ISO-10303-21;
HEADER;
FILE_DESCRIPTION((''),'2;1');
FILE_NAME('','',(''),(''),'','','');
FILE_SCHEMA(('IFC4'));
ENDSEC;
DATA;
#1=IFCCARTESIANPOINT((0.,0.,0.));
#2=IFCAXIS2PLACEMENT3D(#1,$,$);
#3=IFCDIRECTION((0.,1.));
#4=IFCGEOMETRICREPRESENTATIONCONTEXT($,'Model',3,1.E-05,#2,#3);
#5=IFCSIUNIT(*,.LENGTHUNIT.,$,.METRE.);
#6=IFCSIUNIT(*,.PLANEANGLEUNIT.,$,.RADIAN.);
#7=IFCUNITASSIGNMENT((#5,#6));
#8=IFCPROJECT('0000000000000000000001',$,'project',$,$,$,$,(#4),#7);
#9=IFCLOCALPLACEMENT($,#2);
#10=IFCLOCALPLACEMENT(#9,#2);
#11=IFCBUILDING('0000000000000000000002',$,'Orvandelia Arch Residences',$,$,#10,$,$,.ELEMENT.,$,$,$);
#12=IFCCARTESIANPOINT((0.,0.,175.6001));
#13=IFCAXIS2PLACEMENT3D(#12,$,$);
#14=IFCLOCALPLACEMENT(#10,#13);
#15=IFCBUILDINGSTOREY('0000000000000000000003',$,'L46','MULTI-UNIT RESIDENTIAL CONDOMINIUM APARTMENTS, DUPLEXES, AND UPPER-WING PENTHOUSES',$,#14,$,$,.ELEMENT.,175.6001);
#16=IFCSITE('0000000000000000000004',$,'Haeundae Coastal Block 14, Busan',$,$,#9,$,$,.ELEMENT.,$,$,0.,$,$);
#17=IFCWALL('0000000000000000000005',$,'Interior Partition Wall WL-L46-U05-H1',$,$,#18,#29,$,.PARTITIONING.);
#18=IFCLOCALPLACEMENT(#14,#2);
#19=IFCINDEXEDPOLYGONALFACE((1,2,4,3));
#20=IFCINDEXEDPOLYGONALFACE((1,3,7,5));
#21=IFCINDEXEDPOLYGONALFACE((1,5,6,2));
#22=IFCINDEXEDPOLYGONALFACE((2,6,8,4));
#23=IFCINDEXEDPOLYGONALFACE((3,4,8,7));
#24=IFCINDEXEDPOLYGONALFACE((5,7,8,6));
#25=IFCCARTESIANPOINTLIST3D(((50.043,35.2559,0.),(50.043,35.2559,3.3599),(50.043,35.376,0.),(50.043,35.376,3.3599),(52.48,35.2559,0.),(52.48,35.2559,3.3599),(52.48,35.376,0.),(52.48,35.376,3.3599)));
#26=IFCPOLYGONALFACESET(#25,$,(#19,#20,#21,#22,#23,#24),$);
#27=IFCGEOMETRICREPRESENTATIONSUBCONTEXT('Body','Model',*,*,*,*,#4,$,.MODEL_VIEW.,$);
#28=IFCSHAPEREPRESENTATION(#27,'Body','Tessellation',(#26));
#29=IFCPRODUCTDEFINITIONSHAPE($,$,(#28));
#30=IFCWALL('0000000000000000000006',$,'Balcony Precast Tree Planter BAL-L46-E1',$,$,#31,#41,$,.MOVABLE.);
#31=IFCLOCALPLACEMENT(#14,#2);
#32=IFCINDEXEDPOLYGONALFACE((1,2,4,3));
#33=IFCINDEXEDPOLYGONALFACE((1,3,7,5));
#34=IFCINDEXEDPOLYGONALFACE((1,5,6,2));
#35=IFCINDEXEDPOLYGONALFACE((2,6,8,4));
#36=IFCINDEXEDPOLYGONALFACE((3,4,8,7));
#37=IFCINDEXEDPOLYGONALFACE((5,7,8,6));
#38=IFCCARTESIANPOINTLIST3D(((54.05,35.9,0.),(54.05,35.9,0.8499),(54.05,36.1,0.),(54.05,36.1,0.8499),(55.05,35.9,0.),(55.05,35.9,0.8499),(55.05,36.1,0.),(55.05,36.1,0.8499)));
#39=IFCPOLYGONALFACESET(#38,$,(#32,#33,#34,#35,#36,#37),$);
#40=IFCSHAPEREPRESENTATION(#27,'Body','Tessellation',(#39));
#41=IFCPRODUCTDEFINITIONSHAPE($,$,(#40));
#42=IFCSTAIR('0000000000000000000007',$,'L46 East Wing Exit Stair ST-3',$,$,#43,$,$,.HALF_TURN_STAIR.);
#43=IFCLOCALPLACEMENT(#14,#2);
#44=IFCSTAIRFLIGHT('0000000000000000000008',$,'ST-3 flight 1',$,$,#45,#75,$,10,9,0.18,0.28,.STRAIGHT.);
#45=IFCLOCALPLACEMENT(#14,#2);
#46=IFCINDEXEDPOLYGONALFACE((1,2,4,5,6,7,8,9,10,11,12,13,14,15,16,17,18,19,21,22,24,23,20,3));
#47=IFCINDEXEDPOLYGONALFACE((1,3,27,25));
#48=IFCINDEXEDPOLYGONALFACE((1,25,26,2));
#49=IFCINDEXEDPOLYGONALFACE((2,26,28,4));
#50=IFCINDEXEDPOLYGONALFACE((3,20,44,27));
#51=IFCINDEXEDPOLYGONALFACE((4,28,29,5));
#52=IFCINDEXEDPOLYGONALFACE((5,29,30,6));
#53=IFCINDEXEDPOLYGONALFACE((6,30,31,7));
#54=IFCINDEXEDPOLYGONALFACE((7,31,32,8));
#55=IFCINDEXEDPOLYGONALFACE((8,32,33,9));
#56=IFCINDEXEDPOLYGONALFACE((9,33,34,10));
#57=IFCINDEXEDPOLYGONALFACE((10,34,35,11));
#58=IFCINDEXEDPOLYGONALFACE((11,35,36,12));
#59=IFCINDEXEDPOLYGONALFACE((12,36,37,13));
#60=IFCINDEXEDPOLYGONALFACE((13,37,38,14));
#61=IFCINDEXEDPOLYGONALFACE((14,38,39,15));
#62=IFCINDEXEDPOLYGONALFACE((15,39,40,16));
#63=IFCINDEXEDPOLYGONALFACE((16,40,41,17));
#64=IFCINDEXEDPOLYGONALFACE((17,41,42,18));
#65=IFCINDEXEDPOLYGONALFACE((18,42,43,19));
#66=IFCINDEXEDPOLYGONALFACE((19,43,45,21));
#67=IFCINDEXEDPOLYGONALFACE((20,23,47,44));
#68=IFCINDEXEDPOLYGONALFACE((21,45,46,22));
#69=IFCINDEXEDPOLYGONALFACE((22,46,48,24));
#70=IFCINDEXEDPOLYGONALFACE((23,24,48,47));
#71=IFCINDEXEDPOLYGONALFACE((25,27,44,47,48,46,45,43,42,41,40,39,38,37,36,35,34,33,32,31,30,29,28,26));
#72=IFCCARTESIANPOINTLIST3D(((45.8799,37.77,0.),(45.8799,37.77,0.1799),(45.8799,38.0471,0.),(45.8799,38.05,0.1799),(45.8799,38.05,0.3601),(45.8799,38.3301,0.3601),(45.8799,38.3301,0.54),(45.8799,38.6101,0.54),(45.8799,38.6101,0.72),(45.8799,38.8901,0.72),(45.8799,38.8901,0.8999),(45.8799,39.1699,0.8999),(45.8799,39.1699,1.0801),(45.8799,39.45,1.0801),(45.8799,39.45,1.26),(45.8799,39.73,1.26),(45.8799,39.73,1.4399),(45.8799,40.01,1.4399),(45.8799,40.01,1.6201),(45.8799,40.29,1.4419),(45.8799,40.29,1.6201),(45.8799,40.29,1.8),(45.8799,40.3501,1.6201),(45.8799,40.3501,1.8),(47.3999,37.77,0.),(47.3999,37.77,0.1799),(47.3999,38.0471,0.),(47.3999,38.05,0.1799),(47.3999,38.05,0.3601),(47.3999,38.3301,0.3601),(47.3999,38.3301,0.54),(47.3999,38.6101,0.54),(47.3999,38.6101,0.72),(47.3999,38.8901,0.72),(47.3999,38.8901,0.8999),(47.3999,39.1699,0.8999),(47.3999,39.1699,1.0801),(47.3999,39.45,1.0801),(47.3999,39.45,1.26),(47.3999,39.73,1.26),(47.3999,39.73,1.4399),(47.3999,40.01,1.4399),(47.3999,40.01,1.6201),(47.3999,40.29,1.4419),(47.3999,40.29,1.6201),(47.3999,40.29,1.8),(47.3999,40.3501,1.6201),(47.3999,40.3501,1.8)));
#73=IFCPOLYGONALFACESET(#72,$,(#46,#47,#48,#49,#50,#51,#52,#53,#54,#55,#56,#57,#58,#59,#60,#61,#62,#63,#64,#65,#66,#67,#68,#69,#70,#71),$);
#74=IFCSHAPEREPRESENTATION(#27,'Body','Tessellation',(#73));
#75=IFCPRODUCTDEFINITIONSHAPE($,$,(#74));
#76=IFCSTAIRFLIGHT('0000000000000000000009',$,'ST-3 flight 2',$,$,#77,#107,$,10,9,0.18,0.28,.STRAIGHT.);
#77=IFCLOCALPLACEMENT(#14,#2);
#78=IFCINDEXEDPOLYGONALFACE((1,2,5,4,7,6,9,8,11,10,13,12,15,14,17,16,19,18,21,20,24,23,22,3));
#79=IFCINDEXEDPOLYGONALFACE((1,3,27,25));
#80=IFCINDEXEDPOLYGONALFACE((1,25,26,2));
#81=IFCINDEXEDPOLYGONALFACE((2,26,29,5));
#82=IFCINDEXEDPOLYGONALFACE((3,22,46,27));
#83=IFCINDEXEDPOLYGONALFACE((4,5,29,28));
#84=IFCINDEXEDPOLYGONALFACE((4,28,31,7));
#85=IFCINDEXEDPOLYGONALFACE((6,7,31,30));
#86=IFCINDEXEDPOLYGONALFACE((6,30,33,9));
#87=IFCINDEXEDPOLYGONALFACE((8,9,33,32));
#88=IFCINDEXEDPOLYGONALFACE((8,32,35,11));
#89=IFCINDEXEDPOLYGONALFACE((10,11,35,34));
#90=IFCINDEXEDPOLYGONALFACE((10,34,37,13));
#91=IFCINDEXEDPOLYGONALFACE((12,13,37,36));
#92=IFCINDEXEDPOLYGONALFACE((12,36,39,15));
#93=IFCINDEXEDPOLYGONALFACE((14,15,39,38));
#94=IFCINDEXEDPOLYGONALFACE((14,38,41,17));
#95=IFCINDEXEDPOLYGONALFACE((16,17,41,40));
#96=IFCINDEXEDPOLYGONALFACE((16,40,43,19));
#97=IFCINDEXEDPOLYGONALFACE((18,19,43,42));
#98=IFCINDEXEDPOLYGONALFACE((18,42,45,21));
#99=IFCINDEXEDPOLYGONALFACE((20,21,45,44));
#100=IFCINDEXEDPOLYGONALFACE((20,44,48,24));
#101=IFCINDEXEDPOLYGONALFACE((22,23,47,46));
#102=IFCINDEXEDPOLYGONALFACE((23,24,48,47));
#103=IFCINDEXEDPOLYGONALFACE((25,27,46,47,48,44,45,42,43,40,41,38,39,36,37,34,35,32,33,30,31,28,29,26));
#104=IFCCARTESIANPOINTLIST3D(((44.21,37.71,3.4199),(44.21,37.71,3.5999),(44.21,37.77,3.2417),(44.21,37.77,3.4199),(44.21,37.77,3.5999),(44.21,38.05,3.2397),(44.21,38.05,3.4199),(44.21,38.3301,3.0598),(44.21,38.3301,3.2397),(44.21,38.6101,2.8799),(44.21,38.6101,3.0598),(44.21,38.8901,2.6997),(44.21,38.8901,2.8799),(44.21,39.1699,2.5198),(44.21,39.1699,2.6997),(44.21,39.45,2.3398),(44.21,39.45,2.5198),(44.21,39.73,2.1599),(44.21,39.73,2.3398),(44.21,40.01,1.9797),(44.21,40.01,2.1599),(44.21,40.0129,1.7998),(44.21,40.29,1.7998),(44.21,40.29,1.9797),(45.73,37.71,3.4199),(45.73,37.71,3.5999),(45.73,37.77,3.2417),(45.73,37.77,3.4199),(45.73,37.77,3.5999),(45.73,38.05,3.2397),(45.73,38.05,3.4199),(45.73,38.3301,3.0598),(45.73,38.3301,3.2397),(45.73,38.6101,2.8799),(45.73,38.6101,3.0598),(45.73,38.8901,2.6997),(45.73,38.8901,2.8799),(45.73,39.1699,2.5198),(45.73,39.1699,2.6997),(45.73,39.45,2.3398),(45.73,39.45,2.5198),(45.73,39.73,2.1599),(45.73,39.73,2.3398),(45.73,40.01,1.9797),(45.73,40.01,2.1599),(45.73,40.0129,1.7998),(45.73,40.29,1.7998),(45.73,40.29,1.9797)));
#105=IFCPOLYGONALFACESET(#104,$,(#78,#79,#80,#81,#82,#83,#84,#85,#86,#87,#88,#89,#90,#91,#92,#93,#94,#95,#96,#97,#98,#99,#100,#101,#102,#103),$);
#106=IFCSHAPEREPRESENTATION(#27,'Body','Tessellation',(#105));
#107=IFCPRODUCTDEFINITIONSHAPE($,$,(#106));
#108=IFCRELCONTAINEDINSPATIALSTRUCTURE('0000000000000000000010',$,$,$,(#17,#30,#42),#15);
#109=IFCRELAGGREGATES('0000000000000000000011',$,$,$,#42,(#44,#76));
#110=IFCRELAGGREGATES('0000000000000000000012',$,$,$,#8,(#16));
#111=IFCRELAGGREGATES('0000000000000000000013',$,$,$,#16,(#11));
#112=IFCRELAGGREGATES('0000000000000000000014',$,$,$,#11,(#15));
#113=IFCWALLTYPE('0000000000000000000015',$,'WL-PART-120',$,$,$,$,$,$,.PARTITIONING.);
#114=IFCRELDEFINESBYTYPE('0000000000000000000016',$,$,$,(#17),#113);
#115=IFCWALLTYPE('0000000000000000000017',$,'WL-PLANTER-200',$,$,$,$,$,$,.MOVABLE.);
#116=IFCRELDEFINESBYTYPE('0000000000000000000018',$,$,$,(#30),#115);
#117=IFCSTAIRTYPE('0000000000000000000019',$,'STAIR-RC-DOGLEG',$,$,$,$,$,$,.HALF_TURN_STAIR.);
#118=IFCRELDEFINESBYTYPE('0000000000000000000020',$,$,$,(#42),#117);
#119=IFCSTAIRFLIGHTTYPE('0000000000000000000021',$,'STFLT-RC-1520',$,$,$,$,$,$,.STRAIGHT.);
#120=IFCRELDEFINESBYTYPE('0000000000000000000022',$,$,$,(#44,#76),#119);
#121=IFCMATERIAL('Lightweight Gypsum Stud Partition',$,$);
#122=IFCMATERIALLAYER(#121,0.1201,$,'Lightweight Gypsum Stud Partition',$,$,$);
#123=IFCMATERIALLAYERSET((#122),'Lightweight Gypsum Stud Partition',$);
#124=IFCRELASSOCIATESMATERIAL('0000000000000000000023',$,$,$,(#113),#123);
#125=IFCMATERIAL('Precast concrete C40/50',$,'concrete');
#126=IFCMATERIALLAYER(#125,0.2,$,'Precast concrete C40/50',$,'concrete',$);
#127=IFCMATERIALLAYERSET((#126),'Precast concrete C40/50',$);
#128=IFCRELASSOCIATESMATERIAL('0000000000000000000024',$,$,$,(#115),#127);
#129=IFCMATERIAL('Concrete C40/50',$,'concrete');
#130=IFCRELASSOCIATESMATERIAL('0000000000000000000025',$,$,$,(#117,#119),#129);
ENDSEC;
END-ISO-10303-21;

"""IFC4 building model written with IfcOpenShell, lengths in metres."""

from ifc_helpers import new_model, si_unit, direction, frame, frame_2d, origin, place, context, subcontext, project, spatial, polyline, rectangle, outline, extrude, material, layer, layer_set, type_object, element, aggregate, save


model = new_model("IFC4")

# Units and contexts
model_context = context("Model", 3, precision=1e-05, world=origin(), true_north=direction((0.0, 1.0)))
body_context = subcontext(model_context, "Body", "Model", "MODEL_VIEW")
ifc_project = project(units=[si_unit("LENGTHUNIT", "METRE"), si_unit("PLANEANGLEUNIT", "RADIAN")], contexts=[model_context])

# Site, building, storey
site_placement = place(None, origin())
site = spatial("IfcSite", under=ifc_project, at=site_placement, Name="Haeundae Coastal Block 14, Busan", CompositionType="ELEMENT", RefElevation=0.0)
building_placement = place(site_placement, origin())
building = spatial("IfcBuilding", under=site, at=building_placement, Name="Orvandelia Arch Residences", CompositionType="ELEMENT")
storey_placement = place(building_placement, frame((0.0, 0.0, 175.6001)))
storey = spatial("IfcBuildingStorey", under=building, at=storey_placement, Name="L46", Description="MULTI-UNIT RESIDENTIAL CONDOMINIUM APARTMENTS, DUPLEXES, AND UPPER-WING PENTHOUSES", CompositionType="ELEMENT", Elevation=175.6001)

# Walls
ifc_material_1 = material(Name="Lightweight Gypsum Stud Partition")
ifc_layer_1 = layer(ifc_material_1, 0.1201, Name="Lightweight Gypsum Stud Partition")
ifc_layer_set_1 = layer_set([ifc_layer_1], Name="Lightweight Gypsum Stud Partition")
wall_type_1 = type_object("IfcWallType", Name="WL-PART-120", PredefinedType="PARTITIONING", material=ifc_layer_set_1)
wall_1_placement = place(storey_placement, frame((50.043, 35.3159, 0.0), z_axis=(0.0, 0.0, 1.0), x_axis=(1.0, 0.0, 0.0)))
element("IfcWall", 1, at=wall_1_placement, inside=storey, type_object=wall_type_1, Name="Interior Partition Wall WL-L46-U05-H1", PredefinedType="PARTITIONING", context=body_context, shape_type="SweptSolid", body=[
    extrude(rectangle(XDim=2.437, YDim=0.1201, at=frame_2d((1.2185, 0.0))), origin(), (0.0, 0.0, 1.0), 3.3599),
])
ifc_material_2 = material(Name="Precast concrete C40/50", Category="concrete")
ifc_layer_2 = layer(ifc_material_2, 0.2, Name="Precast concrete C40/50", Category="concrete")
ifc_layer_set_2 = layer_set([ifc_layer_2], Name="Precast concrete C40/50")
wall_type_2 = type_object("IfcWallType", Name="WL-PLANTER-200", PredefinedType="MOVABLE", material=ifc_layer_set_2)
wall_2_placement = place(storey_placement, frame((54.05, 36.0, 0.0), z_axis=(0.0, 0.0, 1.0), x_axis=(1.0, 0.0, 0.0)))
element("IfcWall", 2, at=wall_2_placement, inside=storey, type_object=wall_type_2, Name="Balcony Precast Tree Planter BAL-L46-E1", PredefinedType="MOVABLE", context=body_context, shape_type="SweptSolid", body=[
    extrude(rectangle(XDim=1.0, YDim=0.2, at=frame_2d((0.5, 0.0))), origin(), (0.0, 0.0, 1.0), 0.8499),
])

# Stair, stair flights
ifc_material_3 = material(Name="Concrete C40/50", Category="concrete")
stair_type = type_object("IfcStairType", Name="STAIR-RC-DOGLEG", PredefinedType="HALF_TURN_STAIR", material=ifc_material_3)
stair_placement = place(storey_placement, origin())
stair = element("IfcStair", 3, at=stair_placement, inside=storey, type_object=stair_type, Name="L46 East Wing Exit Stair ST-3", PredefinedType="HALF_TURN_STAIR")
stair_flight_type = type_object("IfcStairFlightType", Name="STFLT-RC-1520", PredefinedType="STRAIGHT", material=ifc_material_3)
stair_flight_1_placement = place(storey_placement, frame((46.6399, 37.77, 0.0), z_axis=(0.0, 0.0, 1.0), x_axis=(0.0, 1.0, 0.0)))
stair_flight_1 = element("IfcStairFlight", 4, at=stair_flight_1_placement, type_object=stair_flight_type, Name="ST-3 flight 1", NumberOfRisers=10, NumberOfTreads=9, PredefinedType="STRAIGHT", RiserHeight=0.18, TreadLength=0.28, context=body_context, shape_type="SweptSolid", body=[
    extrude(outline(polyline([(0.0, 0.0), (0.0, 0.1799), (0.28, 0.1799), (0.28, 0.3601), (0.5601, 0.3601), (0.5601, 0.54), (0.8401, 0.54), (0.8401, 0.72), (1.1201, 0.72), (1.1201, 0.8999), (1.3999, 0.8999), (1.3999, 1.0801), (1.6799, 1.0801), (1.6799, 1.26), (1.96, 1.26), (1.96, 1.4399), (2.24, 1.4399), (2.24, 1.6201), (2.52, 1.6201), (2.52, 1.8), (2.5801, 1.8), (2.5801, 1.6201), (2.52, 1.4419), (0.2771, 0.0), (0.0, 0.0)])), frame((0.0, 0.76, 0.0), z_axis=(0.0, -1.0, 0.0), x_axis=(1.0, 0.0, 0.0)), (0.0, 0.0, 1.0), 1.52),
])
stair_flight_2_placement = place(storey_placement, frame((44.97, 40.29, 1.7998), z_axis=(0.0, 0.0, 1.0), x_axis=(0.0, -1.0, 0.0)))
stair_flight_2 = element("IfcStairFlight", 5, at=stair_flight_2_placement, type_object=stair_flight_type, Name="ST-3 flight 2", NumberOfRisers=10, NumberOfTreads=9, PredefinedType="STRAIGHT", RiserHeight=0.18, TreadLength=0.28, context=body_context, shape_type="SweptSolid", body=[
    extrude(outline(polyline([(0.0, 0.0), (0.0, 0.1799), (0.28, 0.1799), (0.28, 0.3601), (0.5601, 0.3601), (0.5601, 0.54), (0.8401, 0.54), (0.8401, 0.72), (1.1201, 0.72), (1.1201, 0.8999), (1.3999, 0.8999), (1.3999, 1.0801), (1.6799, 1.0801), (1.6799, 1.26), (1.96, 1.26), (1.96, 1.4399), (2.24, 1.4399), (2.24, 1.6201), (2.52, 1.6201), (2.52, 1.8), (2.5801, 1.8), (2.5801, 1.6201), (2.52, 1.4419), (0.2771, 0.0), (0.0, 0.0)])), frame((0.0, 0.76, 0.0), z_axis=(0.0, -1.0, 0.0), x_axis=(1.0, 0.0, 0.0)), (0.0, 0.0, 1.0), 1.52),
])
aggregate(stair, [stair_flight_1, stair_flight_2])

save(model, "model.ifc")
